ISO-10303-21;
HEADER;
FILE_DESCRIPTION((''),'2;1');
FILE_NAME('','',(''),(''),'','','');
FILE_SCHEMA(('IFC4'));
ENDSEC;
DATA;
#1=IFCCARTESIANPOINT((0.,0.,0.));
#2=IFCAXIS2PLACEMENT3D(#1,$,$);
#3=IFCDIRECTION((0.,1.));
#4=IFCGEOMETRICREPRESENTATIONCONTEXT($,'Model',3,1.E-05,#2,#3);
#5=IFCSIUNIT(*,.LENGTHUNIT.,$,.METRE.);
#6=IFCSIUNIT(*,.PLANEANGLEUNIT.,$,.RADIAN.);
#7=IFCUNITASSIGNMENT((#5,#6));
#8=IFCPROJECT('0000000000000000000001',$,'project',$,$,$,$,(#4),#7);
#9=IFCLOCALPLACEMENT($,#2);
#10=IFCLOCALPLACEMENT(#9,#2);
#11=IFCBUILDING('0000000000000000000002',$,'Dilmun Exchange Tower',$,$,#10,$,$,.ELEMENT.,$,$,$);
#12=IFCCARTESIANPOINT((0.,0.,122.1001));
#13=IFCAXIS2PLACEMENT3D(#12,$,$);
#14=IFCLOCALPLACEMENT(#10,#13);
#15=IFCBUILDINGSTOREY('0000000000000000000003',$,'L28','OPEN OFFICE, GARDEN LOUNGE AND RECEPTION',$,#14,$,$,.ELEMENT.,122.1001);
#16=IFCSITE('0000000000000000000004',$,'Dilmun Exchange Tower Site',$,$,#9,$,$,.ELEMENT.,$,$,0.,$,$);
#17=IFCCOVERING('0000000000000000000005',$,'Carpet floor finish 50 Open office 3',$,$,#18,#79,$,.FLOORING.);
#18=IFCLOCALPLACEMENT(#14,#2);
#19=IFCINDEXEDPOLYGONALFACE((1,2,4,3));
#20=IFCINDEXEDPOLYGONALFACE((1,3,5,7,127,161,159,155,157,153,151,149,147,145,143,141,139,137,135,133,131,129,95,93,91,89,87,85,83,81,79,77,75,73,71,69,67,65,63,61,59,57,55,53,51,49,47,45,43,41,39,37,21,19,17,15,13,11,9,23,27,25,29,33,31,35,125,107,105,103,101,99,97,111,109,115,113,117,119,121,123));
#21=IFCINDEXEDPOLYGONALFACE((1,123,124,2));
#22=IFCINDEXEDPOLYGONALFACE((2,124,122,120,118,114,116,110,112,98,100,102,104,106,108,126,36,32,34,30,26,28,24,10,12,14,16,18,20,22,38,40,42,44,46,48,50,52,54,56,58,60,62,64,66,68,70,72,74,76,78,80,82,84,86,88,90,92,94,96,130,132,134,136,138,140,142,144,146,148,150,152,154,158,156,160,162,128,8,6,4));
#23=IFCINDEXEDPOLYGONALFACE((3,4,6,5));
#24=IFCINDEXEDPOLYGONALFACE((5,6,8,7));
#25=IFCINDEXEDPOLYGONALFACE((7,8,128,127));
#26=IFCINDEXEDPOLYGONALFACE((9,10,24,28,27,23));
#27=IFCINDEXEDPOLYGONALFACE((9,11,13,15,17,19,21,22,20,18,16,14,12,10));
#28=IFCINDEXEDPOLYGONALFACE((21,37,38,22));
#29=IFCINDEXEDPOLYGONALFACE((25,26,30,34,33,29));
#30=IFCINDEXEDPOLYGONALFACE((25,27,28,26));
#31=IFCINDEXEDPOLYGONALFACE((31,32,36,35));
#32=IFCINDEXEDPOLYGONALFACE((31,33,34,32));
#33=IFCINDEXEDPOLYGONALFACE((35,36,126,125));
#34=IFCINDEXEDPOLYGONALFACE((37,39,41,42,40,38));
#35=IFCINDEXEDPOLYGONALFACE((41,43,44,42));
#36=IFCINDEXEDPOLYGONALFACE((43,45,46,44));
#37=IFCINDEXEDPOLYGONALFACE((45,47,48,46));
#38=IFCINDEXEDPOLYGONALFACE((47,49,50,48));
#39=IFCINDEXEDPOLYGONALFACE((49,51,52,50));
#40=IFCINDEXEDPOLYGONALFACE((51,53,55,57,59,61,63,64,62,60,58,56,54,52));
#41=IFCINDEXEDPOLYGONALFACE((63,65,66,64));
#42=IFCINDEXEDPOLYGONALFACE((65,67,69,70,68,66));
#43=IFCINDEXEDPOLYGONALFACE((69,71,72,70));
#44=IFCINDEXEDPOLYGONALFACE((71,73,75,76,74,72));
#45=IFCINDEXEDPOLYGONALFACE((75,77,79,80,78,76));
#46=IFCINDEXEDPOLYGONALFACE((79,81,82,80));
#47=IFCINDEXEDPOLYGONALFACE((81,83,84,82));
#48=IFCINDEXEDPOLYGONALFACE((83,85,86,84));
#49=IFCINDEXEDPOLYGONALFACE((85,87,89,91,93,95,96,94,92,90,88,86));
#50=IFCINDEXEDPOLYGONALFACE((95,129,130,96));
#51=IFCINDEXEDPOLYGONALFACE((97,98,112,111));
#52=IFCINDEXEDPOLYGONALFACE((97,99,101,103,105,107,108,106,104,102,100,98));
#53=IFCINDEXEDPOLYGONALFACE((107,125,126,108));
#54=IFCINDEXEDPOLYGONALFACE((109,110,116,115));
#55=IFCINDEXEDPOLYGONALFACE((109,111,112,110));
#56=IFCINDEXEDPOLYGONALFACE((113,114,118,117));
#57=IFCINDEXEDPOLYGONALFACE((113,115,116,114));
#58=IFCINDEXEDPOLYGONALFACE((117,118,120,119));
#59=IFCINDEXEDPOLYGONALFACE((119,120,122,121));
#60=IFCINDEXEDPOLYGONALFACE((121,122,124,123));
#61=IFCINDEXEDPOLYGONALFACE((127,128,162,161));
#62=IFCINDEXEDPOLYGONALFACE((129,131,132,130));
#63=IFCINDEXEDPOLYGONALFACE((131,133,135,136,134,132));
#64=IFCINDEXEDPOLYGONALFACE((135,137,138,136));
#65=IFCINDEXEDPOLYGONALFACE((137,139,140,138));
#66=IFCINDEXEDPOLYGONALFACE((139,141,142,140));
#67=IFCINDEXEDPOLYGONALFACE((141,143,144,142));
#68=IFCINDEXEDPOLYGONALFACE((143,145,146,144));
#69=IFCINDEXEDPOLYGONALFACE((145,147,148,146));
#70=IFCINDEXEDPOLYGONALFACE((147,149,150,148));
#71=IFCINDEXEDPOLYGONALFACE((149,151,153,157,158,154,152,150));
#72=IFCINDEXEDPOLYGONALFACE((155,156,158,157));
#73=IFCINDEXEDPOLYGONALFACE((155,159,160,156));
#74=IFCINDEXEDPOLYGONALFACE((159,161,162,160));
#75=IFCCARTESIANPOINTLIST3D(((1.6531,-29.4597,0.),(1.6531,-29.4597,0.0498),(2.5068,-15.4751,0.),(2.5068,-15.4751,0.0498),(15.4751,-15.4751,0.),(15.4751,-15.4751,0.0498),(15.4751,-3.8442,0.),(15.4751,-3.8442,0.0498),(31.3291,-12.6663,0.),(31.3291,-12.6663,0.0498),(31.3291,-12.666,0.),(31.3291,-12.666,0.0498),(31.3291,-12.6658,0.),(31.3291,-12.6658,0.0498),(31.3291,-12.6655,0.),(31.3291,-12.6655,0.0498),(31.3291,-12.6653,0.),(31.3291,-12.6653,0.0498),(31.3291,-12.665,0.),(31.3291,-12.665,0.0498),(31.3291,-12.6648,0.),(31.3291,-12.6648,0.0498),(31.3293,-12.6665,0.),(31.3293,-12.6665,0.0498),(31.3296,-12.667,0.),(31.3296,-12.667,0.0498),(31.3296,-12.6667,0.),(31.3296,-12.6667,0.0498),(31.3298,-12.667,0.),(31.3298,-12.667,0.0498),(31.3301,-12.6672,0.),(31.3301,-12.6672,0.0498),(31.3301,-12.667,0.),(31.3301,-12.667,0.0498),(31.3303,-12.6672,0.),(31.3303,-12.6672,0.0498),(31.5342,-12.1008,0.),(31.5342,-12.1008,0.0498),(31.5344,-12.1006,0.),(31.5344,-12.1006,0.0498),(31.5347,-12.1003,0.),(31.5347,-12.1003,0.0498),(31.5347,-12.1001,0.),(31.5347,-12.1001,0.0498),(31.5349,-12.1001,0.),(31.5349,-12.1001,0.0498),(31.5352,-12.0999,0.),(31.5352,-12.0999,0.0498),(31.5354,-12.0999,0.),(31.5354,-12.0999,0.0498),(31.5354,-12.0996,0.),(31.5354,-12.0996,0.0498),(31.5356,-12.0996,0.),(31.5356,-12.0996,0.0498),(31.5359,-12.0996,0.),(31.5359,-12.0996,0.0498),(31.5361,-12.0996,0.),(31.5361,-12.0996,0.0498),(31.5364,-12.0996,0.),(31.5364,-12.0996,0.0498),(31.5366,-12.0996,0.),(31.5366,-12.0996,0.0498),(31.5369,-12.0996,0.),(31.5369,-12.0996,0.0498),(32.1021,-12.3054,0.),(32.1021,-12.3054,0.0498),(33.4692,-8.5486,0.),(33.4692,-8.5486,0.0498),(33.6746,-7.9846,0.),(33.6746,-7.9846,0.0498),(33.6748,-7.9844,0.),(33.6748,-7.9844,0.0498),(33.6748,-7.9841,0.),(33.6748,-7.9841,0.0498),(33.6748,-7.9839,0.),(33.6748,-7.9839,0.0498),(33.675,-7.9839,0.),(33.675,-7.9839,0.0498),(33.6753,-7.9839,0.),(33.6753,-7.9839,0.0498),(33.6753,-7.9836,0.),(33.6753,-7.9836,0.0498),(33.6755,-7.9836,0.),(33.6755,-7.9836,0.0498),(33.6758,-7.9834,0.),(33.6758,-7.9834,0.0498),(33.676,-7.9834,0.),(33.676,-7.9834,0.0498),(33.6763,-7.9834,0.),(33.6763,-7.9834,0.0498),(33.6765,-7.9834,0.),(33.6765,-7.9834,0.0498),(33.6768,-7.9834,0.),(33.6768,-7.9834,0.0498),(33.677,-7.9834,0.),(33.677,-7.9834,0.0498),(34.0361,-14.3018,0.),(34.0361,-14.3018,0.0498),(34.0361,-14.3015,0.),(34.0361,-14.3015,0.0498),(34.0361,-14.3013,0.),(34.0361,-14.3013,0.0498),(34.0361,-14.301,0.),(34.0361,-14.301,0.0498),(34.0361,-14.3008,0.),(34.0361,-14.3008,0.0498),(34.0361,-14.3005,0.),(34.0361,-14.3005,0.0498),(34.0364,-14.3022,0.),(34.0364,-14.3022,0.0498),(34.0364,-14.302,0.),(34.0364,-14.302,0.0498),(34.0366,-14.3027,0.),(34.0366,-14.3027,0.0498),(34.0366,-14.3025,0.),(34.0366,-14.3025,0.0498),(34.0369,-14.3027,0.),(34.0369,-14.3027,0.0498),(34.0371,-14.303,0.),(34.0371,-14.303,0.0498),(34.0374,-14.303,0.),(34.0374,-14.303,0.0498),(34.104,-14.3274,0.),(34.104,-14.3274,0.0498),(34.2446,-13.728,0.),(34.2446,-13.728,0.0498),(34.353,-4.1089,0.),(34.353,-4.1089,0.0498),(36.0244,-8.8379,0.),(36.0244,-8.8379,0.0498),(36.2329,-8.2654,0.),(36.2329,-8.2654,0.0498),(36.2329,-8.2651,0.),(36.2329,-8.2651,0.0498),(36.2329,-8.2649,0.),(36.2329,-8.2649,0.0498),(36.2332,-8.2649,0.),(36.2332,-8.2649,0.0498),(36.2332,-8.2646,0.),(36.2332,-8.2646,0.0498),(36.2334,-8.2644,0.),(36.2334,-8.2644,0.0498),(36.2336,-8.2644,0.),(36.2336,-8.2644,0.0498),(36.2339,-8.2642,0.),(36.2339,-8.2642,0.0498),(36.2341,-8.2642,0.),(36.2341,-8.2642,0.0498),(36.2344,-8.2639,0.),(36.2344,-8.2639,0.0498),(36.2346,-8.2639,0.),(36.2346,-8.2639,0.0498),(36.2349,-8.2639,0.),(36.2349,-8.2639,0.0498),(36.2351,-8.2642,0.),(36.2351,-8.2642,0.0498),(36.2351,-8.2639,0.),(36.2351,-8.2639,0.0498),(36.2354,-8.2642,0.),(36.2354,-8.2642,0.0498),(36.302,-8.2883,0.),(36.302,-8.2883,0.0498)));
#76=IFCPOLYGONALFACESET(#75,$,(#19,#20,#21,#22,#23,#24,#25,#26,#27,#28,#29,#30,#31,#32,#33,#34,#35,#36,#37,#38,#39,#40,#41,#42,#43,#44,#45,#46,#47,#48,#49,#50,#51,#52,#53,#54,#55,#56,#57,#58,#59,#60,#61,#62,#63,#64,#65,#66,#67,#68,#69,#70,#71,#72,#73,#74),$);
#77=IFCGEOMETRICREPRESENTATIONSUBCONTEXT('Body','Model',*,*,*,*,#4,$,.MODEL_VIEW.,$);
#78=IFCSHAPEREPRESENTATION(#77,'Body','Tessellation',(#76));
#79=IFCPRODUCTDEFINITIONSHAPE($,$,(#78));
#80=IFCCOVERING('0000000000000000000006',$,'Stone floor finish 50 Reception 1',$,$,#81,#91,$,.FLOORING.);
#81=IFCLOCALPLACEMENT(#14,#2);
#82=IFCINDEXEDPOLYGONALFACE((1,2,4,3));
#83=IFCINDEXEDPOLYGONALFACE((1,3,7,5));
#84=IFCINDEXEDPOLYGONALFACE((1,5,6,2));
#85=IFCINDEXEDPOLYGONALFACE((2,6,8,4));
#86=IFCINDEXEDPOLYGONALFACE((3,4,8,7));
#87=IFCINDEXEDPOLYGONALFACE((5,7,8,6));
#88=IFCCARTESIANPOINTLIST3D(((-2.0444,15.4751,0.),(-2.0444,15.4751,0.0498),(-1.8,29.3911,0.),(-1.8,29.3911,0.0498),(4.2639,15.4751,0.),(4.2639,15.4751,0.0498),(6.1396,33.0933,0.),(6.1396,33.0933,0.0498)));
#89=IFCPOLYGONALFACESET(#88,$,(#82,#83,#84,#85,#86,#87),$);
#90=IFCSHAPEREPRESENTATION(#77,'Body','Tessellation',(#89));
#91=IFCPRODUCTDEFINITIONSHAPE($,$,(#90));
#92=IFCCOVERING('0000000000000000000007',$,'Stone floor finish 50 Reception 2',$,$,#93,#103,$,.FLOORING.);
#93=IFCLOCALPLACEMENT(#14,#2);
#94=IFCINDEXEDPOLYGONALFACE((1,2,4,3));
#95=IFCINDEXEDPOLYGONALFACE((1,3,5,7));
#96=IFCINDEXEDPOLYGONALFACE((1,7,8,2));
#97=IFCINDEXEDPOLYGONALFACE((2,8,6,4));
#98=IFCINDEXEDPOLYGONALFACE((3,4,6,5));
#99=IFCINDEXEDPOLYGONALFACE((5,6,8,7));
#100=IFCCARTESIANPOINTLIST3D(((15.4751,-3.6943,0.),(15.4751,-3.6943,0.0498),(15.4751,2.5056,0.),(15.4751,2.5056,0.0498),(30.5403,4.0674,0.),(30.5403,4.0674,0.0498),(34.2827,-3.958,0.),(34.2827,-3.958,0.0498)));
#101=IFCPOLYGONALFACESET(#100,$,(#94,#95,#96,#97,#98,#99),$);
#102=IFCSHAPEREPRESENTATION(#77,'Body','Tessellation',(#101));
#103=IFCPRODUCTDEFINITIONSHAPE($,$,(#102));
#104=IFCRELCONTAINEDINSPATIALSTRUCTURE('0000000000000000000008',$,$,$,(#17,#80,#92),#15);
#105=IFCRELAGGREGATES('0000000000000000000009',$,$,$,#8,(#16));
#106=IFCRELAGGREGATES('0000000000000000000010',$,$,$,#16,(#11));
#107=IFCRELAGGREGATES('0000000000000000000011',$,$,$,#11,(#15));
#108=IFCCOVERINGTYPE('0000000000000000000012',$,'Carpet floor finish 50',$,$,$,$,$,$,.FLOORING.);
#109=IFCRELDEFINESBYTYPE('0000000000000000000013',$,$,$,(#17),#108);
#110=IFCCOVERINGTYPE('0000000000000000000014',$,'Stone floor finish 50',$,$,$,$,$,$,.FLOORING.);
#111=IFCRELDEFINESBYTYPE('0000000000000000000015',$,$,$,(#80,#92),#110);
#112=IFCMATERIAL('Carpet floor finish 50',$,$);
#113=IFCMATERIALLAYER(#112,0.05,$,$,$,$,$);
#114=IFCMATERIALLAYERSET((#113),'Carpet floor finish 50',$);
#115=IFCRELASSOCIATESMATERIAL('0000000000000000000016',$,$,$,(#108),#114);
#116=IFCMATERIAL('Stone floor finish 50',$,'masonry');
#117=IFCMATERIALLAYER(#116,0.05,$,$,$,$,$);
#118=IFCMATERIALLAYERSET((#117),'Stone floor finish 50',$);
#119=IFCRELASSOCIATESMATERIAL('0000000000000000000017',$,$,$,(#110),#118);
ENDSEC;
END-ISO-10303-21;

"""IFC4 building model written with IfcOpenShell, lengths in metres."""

from ifc_helpers import new_model, si_unit, direction, frame, origin, place, context, subcontext, project, spatial, polyline, outline, extrude, material, layer, layer_set, type_object, element, save


model = new_model("IFC4")

# Units and contexts
model_context = context("Model", 3, precision=1e-05, world=origin(), true_north=direction((0.0, 1.0)))
body_context = subcontext(model_context, "Body", "Model", "MODEL_VIEW")
ifc_project = project(units=[si_unit("LENGTHUNIT", "METRE"), si_unit("PLANEANGLEUNIT", "RADIAN")], contexts=[model_context])

# Site, building, storey
site_placement = place(None, origin())
site = spatial("IfcSite", under=ifc_project, at=site_placement, Name="Dilmun Exchange Tower Site", CompositionType="ELEMENT", RefElevation=0.0)
building_placement = place(site_placement, origin())
building = spatial("IfcBuilding", under=site, at=building_placement, Name="Dilmun Exchange Tower", CompositionType="ELEMENT")
storey_placement = place(building_placement, frame((0.0, 0.0, 122.1001)))
storey = spatial("IfcBuildingStorey", under=building, at=storey_placement, Name="L28", Description="OPEN OFFICE, GARDEN LOUNGE AND RECEPTION", CompositionType="ELEMENT", Elevation=122.1001)

# Coverings
ifc_material_1 = material(Name="Carpet floor finish 50")
ifc_layer_1 = layer(ifc_material_1, 0.05)
ifc_layer_set_1 = layer_set([ifc_layer_1], Name="Carpet floor finish 50")
covering_type_1 = type_object("IfcCoveringType", Name="Carpet floor finish 50", PredefinedType="FLOORING", material=ifc_layer_set_1)
covering_1_placement = place(storey_placement, origin())
element("IfcCovering", 1, at=covering_1_placement, inside=storey, type_object=covering_type_1, Name="Carpet floor finish 50 Open office 3", PredefinedType="FLOORING", context=body_context, shape_type="SweptSolid", body=[
    extrude(outline(polyline([(2.5068, -15.4751), (15.4751, -15.4751), (15.4751, -3.8442), (34.353, -4.1089), (36.302, -8.2883), (36.2354, -8.2642), (36.2351, -8.2642), (36.2351, -8.2639), (36.2349, -8.2639), (36.2346, -8.2639), (36.2344, -8.2639), (36.2341, -8.2642), (36.2339, -8.2642), (36.2339, -8.2642), (36.2336, -8.2644), (36.2334, -8.2644), (36.2334, -8.2644), (36.2332, -8.2646), (36.2332, -8.2649), (36.2329, -8.2649), (36.2329, -8.2651), (36.2329, -8.2654), (36.0244, -8.8379), (33.677, -7.9834), (33.677, -7.9834), (33.6768, -7.9834), (33.6765, -7.9834), (33.6763, -7.9834), (33.676, -7.9834), (33.6758, -7.9834), (33.6758, -7.9834), (33.6755, -7.9836), (33.6753, -7.9836), (33.6753, -7.9839), (33.675, -7.9839), (33.6748, -7.9839), (33.6748, -7.9841), (33.6748, -7.9844), (33.6746, -7.9846), (33.6746, -7.9846), (33.4692, -8.5486), (32.1021, -12.3054), (31.5369, -12.0996), (31.5366, -12.0996), (31.5366, -12.0996), (31.5364, -12.0996), (31.5361, -12.0996), (31.5359, -12.0996), (31.5356, -12.0996), (31.5354, -12.0996), (31.5354, -12.0999), (31.5352, -12.0999), (31.5349, -12.1001), (31.5349, -12.1001), (31.5347, -12.1001), (31.5347, -12.1003), (31.5344, -12.1006), (31.5344, -12.1006), (31.5342, -12.1008), (31.3291, -12.6648), (31.3291, -12.6648), (31.3291, -12.665), (31.3291, -12.6653), (31.3291, -12.6655), (31.3291, -12.6658), (31.3291, -12.666), (31.3291, -12.666), (31.3291, -12.6663), (31.3293, -12.6665), (31.3293, -12.6665), (31.3296, -12.6667), (31.3296, -12.667), (31.3298, -12.667), (31.3301, -12.667), (31.3301, -12.6672), (31.3303, -12.6672), (34.2446, -13.728), (34.0361, -14.3005), (34.0361, -14.3008), (34.0361, -14.3008), (34.0361, -14.301), (34.0361, -14.3013), (34.0361, -14.3015), (34.0361, -14.3018), (34.0361, -14.3018), (34.0364, -14.302), (34.0364, -14.3022), (34.0366, -14.3025), (34.0366, -14.3025), (34.0366, -14.3027), (34.0369, -14.3027), (34.0371, -14.303), (34.0371, -14.303), (34.0374, -14.303), (34.104, -14.3274), (1.6531, -29.4597), (2.5068, -15.4751)])), origin(), (0.0, 0.0, 1.0), 0.0498),
])
ifc_material_2 = material(Name="Stone floor finish 50", Category="masonry")
ifc_layer_2 = layer(ifc_material_2, 0.05)
ifc_layer_set_2 = layer_set([ifc_layer_2], Name="Stone floor finish 50")
covering_type_2 = type_object("IfcCoveringType", Name="Stone floor finish 50", PredefinedType="FLOORING", material=ifc_layer_set_2)
covering_2_placement = place(storey_placement, origin())
element("IfcCovering", 2, at=covering_2_placement, inside=storey, type_object=covering_type_2, Name="Stone floor finish 50 Reception 1", PredefinedType="FLOORING", context=body_context, shape_type="SweptSolid", body=[
    extrude(outline(polyline([(4.2639, 15.4751), (-2.0444, 15.4751), (-1.8, 29.3911), (6.1396, 33.0933), (4.2639, 15.4751)])), origin(), (0.0, 0.0, 1.0), 0.0498),
])
covering_3_placement = place(storey_placement, origin())
element("IfcCovering", 3, at=covering_3_placement, inside=storey, type_object=covering_type_2, Name="Stone floor finish 50 Reception 2", PredefinedType="FLOORING", context=body_context, shape_type="SweptSolid", body=[
    extrude(outline(polyline([(15.4751, -3.6943), (15.4751, 2.5056), (30.5403, 4.0674), (34.2827, -3.958), (15.4751, -3.6943)])), origin(), (0.0, 0.0, 1.0), 0.0498),
])

save(model, "model.ifc")
